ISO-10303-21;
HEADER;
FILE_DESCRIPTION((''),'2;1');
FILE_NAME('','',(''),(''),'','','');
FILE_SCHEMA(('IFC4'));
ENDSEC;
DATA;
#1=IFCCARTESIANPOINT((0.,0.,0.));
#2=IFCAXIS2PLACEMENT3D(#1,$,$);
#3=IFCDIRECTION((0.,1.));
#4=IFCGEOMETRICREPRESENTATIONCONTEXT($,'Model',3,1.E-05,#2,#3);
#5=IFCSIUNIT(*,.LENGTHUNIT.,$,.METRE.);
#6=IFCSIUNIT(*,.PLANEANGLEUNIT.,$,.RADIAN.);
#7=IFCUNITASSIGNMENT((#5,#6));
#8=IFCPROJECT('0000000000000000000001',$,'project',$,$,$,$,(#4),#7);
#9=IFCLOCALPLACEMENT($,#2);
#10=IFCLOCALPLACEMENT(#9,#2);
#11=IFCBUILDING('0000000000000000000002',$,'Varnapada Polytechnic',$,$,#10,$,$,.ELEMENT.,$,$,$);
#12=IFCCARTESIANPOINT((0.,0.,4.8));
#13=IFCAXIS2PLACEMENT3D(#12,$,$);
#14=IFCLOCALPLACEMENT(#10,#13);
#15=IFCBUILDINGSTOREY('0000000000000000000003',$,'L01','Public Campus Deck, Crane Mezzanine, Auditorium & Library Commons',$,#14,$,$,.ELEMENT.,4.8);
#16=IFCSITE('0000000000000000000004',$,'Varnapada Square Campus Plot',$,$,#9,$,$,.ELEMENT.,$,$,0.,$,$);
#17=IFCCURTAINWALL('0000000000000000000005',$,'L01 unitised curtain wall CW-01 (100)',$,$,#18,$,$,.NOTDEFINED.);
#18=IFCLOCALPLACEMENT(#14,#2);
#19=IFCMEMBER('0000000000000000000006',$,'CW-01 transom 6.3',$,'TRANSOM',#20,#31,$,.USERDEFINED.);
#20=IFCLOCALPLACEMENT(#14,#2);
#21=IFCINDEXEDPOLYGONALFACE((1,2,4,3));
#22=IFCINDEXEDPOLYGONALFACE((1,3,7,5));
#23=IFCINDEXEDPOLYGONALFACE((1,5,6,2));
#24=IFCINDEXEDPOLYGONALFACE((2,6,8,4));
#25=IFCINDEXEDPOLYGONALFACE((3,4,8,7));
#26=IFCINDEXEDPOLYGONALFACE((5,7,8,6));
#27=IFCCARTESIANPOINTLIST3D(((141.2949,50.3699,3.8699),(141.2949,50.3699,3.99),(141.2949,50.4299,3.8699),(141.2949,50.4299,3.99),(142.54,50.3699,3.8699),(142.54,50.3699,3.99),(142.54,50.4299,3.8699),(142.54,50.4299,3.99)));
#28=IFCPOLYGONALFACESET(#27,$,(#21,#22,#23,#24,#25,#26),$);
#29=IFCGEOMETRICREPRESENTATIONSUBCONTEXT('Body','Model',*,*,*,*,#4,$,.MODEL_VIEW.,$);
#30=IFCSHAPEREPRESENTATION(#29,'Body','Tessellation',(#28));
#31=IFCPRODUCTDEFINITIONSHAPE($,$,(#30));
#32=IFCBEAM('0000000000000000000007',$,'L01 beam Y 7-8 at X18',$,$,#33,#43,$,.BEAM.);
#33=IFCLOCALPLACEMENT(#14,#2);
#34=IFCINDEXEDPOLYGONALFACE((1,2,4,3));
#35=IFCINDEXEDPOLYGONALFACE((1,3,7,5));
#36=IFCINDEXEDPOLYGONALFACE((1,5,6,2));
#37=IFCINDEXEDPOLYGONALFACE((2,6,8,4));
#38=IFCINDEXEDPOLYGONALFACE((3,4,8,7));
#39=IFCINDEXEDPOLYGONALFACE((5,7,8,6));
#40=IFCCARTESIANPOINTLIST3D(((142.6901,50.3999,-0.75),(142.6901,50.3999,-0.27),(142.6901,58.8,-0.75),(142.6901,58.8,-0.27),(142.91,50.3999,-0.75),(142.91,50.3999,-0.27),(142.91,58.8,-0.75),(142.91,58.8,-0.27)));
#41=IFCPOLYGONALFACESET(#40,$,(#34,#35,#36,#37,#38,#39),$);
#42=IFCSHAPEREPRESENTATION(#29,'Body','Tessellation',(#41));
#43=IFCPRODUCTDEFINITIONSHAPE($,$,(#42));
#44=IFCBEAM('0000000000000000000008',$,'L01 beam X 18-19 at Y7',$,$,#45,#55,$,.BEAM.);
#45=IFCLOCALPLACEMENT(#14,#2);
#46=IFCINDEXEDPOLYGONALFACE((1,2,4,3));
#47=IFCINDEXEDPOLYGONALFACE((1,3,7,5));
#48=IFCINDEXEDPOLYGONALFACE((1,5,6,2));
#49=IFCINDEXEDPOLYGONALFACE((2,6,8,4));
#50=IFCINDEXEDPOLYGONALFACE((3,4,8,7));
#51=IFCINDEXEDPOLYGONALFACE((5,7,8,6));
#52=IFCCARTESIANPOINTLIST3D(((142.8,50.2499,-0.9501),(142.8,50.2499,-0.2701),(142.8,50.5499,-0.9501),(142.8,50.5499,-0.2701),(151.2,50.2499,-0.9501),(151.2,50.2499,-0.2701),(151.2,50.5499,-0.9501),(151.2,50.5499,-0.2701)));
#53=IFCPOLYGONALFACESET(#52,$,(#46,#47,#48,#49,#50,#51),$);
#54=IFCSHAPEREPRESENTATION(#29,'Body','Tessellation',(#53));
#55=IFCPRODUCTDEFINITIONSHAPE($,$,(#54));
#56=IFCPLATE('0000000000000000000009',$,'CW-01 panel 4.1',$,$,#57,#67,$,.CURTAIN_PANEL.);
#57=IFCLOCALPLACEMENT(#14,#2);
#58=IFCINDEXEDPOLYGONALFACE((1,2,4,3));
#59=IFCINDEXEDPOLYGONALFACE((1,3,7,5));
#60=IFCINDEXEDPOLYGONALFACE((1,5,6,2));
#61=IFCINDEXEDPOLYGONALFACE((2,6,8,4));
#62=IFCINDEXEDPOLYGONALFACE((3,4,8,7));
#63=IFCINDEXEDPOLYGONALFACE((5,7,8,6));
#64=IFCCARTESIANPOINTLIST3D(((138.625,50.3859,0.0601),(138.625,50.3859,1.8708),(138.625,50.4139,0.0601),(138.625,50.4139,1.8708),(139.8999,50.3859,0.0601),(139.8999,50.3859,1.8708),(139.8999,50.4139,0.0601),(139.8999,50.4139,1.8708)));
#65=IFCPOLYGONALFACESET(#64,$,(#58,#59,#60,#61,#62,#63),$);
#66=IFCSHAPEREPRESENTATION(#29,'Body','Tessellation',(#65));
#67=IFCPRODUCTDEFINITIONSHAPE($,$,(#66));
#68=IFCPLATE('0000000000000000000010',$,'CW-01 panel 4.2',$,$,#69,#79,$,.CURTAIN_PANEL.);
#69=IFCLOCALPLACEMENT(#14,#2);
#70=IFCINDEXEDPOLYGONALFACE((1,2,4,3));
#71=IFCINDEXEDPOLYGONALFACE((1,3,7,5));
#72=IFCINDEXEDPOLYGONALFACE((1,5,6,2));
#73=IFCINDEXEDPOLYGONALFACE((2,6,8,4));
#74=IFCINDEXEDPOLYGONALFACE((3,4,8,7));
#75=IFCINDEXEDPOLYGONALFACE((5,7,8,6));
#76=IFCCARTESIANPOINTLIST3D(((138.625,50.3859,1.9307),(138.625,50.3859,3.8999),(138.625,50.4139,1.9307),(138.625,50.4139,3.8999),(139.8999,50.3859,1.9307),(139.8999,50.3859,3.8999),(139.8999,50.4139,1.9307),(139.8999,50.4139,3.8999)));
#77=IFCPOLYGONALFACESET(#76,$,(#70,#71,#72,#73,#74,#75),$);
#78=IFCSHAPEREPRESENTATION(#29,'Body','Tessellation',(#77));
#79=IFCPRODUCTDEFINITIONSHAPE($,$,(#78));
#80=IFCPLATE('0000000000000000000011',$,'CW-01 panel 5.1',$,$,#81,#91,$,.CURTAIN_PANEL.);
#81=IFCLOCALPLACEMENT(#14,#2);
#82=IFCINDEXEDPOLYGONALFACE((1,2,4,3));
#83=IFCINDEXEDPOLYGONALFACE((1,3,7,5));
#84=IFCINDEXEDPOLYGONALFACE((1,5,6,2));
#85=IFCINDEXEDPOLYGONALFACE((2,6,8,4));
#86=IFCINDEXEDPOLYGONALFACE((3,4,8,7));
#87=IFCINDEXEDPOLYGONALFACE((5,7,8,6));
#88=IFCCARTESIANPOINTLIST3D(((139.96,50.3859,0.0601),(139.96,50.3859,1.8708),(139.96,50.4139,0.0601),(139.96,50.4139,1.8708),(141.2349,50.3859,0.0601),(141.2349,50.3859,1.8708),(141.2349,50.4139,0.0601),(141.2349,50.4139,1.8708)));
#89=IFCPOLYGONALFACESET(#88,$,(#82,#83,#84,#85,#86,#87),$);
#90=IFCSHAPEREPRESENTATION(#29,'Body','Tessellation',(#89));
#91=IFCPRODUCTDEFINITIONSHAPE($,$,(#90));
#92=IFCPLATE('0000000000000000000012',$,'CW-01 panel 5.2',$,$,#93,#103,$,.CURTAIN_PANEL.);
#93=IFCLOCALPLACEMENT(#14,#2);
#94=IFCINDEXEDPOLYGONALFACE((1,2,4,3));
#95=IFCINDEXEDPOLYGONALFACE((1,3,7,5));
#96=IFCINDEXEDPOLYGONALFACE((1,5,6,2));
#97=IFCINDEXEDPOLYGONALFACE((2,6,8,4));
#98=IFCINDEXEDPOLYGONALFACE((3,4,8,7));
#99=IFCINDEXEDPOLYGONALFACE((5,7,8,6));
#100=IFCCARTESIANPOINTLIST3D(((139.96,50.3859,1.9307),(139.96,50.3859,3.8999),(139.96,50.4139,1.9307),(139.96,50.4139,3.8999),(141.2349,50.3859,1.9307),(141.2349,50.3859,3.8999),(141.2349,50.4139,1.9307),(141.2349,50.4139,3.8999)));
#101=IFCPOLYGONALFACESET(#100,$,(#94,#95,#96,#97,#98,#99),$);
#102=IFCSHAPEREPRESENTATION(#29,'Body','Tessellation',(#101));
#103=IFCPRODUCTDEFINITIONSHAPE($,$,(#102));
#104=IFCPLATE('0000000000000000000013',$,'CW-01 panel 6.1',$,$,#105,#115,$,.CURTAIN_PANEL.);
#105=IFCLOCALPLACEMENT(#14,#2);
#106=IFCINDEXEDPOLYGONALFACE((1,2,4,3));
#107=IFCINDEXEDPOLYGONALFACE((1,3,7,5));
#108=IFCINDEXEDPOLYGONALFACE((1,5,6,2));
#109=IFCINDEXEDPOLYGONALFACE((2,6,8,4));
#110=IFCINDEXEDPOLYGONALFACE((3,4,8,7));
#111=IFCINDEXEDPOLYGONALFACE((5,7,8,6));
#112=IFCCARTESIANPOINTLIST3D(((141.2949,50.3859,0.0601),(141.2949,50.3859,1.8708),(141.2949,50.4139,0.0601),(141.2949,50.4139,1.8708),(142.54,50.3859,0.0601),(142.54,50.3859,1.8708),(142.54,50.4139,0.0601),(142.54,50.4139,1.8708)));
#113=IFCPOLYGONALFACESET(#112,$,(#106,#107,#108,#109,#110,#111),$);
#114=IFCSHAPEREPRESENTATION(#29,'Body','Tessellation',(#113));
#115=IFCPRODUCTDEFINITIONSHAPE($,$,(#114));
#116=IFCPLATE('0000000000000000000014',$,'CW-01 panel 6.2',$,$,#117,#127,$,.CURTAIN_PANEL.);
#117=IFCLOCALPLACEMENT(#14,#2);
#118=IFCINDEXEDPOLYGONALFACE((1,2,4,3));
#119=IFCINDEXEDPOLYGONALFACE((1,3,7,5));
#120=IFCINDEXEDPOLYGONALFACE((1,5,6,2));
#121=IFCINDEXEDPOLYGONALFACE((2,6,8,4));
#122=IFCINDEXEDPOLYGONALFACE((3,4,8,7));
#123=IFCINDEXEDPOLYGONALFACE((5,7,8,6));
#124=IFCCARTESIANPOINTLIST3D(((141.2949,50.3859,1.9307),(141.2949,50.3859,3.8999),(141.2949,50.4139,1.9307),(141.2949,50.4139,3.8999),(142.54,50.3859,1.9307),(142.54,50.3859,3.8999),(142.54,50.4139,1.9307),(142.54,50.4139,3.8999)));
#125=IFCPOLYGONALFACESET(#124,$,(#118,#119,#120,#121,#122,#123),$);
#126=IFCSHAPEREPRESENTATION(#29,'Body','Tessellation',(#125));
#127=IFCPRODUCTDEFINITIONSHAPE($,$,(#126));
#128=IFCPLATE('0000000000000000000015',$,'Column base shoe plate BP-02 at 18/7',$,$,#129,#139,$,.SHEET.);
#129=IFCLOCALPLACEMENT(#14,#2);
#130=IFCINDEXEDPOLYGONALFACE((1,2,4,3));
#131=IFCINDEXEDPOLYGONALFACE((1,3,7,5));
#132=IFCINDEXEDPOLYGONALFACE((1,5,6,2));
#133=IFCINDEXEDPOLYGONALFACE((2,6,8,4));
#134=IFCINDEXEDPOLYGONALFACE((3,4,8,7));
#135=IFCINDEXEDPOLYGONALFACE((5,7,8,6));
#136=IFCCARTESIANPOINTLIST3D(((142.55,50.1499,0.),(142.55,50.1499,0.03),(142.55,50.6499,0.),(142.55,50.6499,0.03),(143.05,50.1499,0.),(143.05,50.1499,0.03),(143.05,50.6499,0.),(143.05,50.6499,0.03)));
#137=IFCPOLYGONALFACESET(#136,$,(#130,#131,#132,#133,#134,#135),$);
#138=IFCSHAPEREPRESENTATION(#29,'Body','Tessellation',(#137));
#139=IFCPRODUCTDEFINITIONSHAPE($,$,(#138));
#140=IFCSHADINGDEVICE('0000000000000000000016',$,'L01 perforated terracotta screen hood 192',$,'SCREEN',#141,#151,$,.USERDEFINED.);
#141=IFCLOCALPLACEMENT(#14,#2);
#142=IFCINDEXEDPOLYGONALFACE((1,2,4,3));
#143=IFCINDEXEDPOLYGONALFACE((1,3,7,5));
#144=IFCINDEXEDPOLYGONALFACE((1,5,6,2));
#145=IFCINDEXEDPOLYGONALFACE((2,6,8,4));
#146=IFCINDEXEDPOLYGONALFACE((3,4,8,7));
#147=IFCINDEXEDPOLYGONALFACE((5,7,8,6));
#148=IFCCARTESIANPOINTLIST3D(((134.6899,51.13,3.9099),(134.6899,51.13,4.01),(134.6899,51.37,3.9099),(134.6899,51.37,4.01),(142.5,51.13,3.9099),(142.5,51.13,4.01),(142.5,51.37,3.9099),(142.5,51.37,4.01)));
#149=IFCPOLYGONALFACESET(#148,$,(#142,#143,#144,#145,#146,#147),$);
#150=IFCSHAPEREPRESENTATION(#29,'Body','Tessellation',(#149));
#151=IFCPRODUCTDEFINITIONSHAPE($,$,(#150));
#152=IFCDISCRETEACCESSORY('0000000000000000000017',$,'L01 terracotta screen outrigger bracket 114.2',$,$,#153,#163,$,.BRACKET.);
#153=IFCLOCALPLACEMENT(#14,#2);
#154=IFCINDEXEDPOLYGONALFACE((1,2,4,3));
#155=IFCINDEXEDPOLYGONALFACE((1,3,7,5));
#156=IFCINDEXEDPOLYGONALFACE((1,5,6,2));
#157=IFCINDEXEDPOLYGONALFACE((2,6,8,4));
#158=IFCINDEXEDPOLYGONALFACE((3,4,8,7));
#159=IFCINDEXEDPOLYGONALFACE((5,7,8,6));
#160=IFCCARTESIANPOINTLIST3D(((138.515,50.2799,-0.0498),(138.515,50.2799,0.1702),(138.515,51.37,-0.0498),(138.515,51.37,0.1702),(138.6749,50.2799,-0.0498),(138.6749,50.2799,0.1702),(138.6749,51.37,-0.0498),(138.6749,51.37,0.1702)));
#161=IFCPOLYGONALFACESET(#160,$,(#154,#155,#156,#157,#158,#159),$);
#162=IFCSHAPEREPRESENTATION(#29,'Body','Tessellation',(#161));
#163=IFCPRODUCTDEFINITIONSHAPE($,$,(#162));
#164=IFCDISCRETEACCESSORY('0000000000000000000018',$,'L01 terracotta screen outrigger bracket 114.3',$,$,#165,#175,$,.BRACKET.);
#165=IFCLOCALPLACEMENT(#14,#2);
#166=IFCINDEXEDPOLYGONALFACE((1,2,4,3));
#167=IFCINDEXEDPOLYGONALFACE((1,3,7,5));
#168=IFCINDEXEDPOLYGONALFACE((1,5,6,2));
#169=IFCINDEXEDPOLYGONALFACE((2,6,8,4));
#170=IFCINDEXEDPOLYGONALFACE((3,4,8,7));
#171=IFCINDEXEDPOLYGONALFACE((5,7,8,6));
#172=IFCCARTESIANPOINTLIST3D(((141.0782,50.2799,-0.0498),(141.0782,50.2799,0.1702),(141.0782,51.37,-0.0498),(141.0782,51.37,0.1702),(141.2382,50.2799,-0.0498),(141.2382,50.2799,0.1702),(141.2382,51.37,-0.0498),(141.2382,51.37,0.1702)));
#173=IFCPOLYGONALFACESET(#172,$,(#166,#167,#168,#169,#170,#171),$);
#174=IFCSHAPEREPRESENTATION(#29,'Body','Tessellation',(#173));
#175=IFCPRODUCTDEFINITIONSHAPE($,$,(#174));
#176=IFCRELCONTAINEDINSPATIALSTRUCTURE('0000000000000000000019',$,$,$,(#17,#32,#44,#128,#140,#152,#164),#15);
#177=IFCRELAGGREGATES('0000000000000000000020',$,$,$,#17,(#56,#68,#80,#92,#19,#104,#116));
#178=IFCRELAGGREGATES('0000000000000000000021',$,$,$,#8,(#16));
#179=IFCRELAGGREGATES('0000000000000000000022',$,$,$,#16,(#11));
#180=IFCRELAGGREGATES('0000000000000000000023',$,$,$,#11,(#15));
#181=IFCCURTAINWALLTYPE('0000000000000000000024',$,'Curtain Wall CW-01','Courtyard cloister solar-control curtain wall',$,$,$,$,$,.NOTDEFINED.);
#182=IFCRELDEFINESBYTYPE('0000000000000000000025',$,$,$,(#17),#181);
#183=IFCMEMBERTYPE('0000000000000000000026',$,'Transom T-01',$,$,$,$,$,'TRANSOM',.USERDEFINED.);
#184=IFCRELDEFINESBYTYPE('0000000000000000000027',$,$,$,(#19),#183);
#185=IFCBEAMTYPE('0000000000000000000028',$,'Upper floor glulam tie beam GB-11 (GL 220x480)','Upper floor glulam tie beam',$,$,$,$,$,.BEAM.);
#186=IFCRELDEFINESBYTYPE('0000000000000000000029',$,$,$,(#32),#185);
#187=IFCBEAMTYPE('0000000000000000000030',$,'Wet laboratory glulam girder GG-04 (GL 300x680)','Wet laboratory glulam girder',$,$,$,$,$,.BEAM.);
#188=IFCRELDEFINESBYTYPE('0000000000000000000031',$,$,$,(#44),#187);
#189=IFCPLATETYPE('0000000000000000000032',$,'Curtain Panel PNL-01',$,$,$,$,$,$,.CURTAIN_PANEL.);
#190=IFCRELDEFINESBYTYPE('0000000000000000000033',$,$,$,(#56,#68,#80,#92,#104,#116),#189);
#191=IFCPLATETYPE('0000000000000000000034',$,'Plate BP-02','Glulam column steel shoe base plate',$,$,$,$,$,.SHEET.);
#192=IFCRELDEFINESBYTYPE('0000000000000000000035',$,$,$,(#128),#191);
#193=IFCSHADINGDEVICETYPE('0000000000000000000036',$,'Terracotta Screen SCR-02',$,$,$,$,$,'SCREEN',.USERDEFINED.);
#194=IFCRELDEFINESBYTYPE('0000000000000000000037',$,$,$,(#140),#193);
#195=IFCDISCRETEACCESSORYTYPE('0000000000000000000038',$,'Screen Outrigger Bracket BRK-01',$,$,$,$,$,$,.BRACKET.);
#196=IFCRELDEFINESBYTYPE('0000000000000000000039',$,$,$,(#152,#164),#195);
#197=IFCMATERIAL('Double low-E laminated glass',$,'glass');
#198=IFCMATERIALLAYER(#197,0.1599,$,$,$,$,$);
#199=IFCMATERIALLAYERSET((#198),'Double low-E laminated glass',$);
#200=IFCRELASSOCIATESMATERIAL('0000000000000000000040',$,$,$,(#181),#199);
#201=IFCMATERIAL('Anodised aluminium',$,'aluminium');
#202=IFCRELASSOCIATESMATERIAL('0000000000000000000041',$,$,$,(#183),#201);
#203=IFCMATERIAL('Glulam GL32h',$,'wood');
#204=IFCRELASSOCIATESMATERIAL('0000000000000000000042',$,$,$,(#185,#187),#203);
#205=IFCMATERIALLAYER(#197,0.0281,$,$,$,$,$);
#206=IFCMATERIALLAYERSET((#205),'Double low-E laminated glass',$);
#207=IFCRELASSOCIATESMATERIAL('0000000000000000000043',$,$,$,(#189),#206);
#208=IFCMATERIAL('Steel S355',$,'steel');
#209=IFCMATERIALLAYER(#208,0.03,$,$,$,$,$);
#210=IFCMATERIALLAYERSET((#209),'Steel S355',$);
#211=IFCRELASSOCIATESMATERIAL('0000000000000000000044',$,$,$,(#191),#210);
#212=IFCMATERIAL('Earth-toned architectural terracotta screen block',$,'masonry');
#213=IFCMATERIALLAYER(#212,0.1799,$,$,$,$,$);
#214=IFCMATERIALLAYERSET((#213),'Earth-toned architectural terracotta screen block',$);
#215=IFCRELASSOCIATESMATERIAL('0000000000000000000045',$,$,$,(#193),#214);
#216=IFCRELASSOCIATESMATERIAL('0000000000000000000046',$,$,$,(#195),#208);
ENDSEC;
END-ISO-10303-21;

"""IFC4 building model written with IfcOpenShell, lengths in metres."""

from ifc_helpers import new_model, si_unit, direction, frame, origin, origin_2d, place, context, subcontext, project, spatial, rectangle, extrude, material, layer, layer_set, material_profile, profile_set, type_object, element, aggregate, save


model = new_model("IFC4")

# Units and contexts
model_context = context("Model", 3, precision=1e-05, world=origin(), true_north=direction((0.0, 1.0)))
body_context = subcontext(model_context, "Body", "Model", "MODEL_VIEW")
ifc_project = project(units=[si_unit("LENGTHUNIT", "METRE"), si_unit("PLANEANGLEUNIT", "RADIAN")], contexts=[model_context])

# Site, building, storey
site_placement = place(None, origin())
site = spatial("IfcSite", under=ifc_project, at=site_placement, Name="Varnapada Square Campus Plot", CompositionType="ELEMENT", RefElevation=0.0)
building_placement = place(site_placement, origin())
building = spatial("IfcBuilding", under=site, at=building_placement, Name="Varnapada Polytechnic", CompositionType="ELEMENT")
storey_placement = place(building_placement, frame((0.0, 0.0, 4.8)))
storey = spatial("IfcBuildingStorey", under=building, at=storey_placement, Name="L01", Description="Public Campus Deck, Crane Mezzanine, Auditorium & Library Commons", CompositionType="ELEMENT", Elevation=4.8)

# Shared definitions
ifc_material_1 = material(Name="Glulam GL32h", Category="wood")

# Curtain wall, member
ifc_material_2 = material(Name="Double low-E laminated glass", Category="glass")
ifc_layer_1 = layer(ifc_material_2, 0.1599)
ifc_layer_set_1 = layer_set([ifc_layer_1], Name="Double low-E laminated glass")
curtain_wall_type = type_object("IfcCurtainWallType", Name="Curtain Wall CW-01", Description="Courtyard cloister solar-control curtain wall", PredefinedType="NOTDEFINED", material=ifc_layer_set_1)
curtain_wall_placement = place(storey_placement, origin())
curtain_wall = element("IfcCurtainWall", 1, at=curtain_wall_placement, inside=storey, type_object=curtain_wall_type, Name="L01 unitised curtain wall CW-01 (100)", PredefinedType="NOTDEFINED")
ifc_material_3 = material(Name="Anodised aluminium", Category="aluminium")
ifc_material_profile_1 = material_profile(ifc_material_3, rectangle(XDim=0.0601, YDim=0.1201, at=origin_2d()), Name="ALU T60x120")
ifc_profile_set_1 = profile_set([ifc_material_profile_1], Name="Anodised aluminium")
member_type_1 = type_object("IfcMemberType", Name="Transom T-01", ElementType="TRANSOM", PredefinedType="USERDEFINED", material=ifc_profile_set_1)
member_1_placement = place(storey_placement, frame((141.2949, 50.3999, 3.9299), z_axis=(1.0, 0.0, 0.0), x_axis=(0.0, 1.0, 0.0)))
member_1 = element("IfcMember", 2, at=member_1_placement, type_object=member_type_1, Name="CW-01 transom 6.3", ObjectType="TRANSOM", PredefinedType="USERDEFINED", context=body_context, shape_type="SweptSolid", body=[
    extrude(rectangle(XDim=0.0601, YDim=0.1201, at=origin_2d()), origin(), (0.0, 0.0, 1.0), 1.2451),
])

# Beams
ifc_material_profile_2 = material_profile(ifc_material_1, rectangle(XDim=0.22, YDim=0.48, at=origin_2d()), Name="GL 220x480")
ifc_profile_set_2 = profile_set([ifc_material_profile_2], Name="Glulam GL32h")
beam_type_1 = type_object("IfcBeamType", Name="Upper floor glulam tie beam GB-11 (GL 220x480)", Description="Upper floor glulam tie beam", PredefinedType="BEAM", material=ifc_profile_set_2)
beam_1_placement = place(storey_placement, frame((142.8, 50.3999, -0.51), z_axis=(0.0, 1.0, 0.0), x_axis=(-1.0, 0.0, 0.0)))
element("IfcBeam", 3, at=beam_1_placement, inside=storey, type_object=beam_type_1, Name="L01 beam Y 7-8 at X18", PredefinedType="BEAM", context=body_context, shape_type="SweptSolid", body=[
    extrude(rectangle(XDim=0.22, YDim=0.48, at=origin_2d()), origin(), (0.0, 0.0, 1.0), 8.4001),
])
ifc_material_profile_3 = material_profile(ifc_material_1, rectangle(XDim=0.3, YDim=0.6799, at=origin_2d()), Name="GL 300x680")
ifc_profile_set_3 = profile_set([ifc_material_profile_3], Name="Glulam GL32h")
beam_type_2 = type_object("IfcBeamType", Name="Wet laboratory glulam girder GG-04 (GL 300x680)", Description="Wet laboratory glulam girder", PredefinedType="BEAM", material=ifc_profile_set_3)
beam_2_placement = place(storey_placement, frame((142.8, 50.3999, -0.6101), z_axis=(1.0, 0.0, 0.0), x_axis=(0.0, 1.0, 0.0)))
element("IfcBeam", 4, at=beam_2_placement, inside=storey, type_object=beam_type_2, Name="L01 beam X 18-19 at Y7", PredefinedType="BEAM", context=body_context, shape_type="SweptSolid", body=[
    extrude(rectangle(XDim=0.3, YDim=0.6799, at=origin_2d()), origin(), (0.0, 0.0, 1.0), 8.3999),
])

# Plates
ifc_layer_2 = layer(ifc_material_2, 0.0281)
ifc_layer_set_2 = layer_set([ifc_layer_2], Name="Double low-E laminated glass")
plate_type_1 = type_object("IfcPlateType", Name="Curtain Panel PNL-01", PredefinedType="CURTAIN_PANEL", material=ifc_layer_set_2)
plate_1_placement = place(storey_placement, frame((139.2625, 50.3999, 0.0601), z_axis=(0.0, 0.0, 1.0), x_axis=(1.0, 0.0, 0.0)))
plate_1 = element("IfcPlate", 5, at=plate_1_placement, type_object=plate_type_1, Name="CW-01 panel 4.1", PredefinedType="CURTAIN_PANEL", context=body_context, shape_type="SweptSolid", body=[
    extrude(rectangle(XDim=1.2749, YDim=0.0281, at=origin_2d()), origin(), (0.0, 0.0, 1.0), 1.8108),
])
plate_2_placement = place(storey_placement, frame((139.2625, 50.3999, 1.9307), z_axis=(0.0, 0.0, 1.0), x_axis=(1.0, 0.0, 0.0)))
plate_2 = element("IfcPlate", 6, at=plate_2_placement, type_object=plate_type_1, Name="CW-01 panel 4.2", PredefinedType="CURTAIN_PANEL", context=body_context, shape_type="SweptSolid", body=[
    extrude(rectangle(XDim=1.2749, YDim=0.0281, at=origin_2d()), origin(), (0.0, 0.0, 1.0), 1.9692),
])
plate_3_placement = place(storey_placement, frame((140.5974, 50.3999, 0.0601), z_axis=(0.0, 0.0, 1.0), x_axis=(1.0, 0.0, 0.0)))
plate_3 = element("IfcPlate", 7, at=plate_3_placement, type_object=plate_type_1, Name="CW-01 panel 5.1", PredefinedType="CURTAIN_PANEL", context=body_context, shape_type="SweptSolid", body=[
    extrude(rectangle(XDim=1.2749, YDim=0.0281, at=origin_2d()), origin(), (0.0, 0.0, 1.0), 1.8108),
])
plate_4_placement = place(storey_placement, frame((140.5974, 50.3999, 1.9307), z_axis=(0.0, 0.0, 1.0), x_axis=(1.0, 0.0, 0.0)))
plate_4 = element("IfcPlate", 8, at=plate_4_placement, type_object=plate_type_1, Name="CW-01 panel 5.2", PredefinedType="CURTAIN_PANEL", context=body_context, shape_type="SweptSolid", body=[
    extrude(rectangle(XDim=1.2749, YDim=0.0281, at=origin_2d()), origin(), (0.0, 0.0, 1.0), 1.9692),
])
plate_5_placement = place(storey_placement, frame((141.9175, 50.3999, 0.0601), z_axis=(0.0, 0.0, 1.0), x_axis=(1.0, 0.0, 0.0)))
plate_5 = element("IfcPlate", 9, at=plate_5_placement, type_object=plate_type_1, Name="CW-01 panel 6.1", PredefinedType="CURTAIN_PANEL", context=body_context, shape_type="SweptSolid", body=[
    extrude(rectangle(XDim=1.2451, YDim=0.0281, at=origin_2d()), origin(), (0.0, 0.0, 1.0), 1.8108),
])
plate_6_placement = place(storey_placement, frame((141.9175, 50.3999, 1.9307), z_axis=(0.0, 0.0, 1.0), x_axis=(1.0, 0.0, 0.0)))
plate_6 = element("IfcPlate", 10, at=plate_6_placement, type_object=plate_type_1, Name="CW-01 panel 6.2", PredefinedType="CURTAIN_PANEL", context=body_context, shape_type="SweptSolid", body=[
    extrude(rectangle(XDim=1.2451, YDim=0.0281, at=origin_2d()), origin(), (0.0, 0.0, 1.0), 1.9692),
])
aggregate(curtain_wall, [plate_1, plate_2, plate_3, plate_4, member_1, plate_5, plate_6])
ifc_material_4 = material(Name="Steel S355", Category="steel")
ifc_layer_3 = layer(ifc_material_4, 0.03)
ifc_layer_set_3 = layer_set([ifc_layer_3], Name="Steel S355")
plate_type_2 = type_object("IfcPlateType", Name="Plate BP-02", Description="Glulam column steel shoe base plate", PredefinedType="SHEET", material=ifc_layer_set_3)
plate_7_placement = place(storey_placement, frame((142.8, 50.3999, 0.0), z_axis=(0.0, 0.0, 1.0), x_axis=(1.0, 0.0, 0.0)))
element("IfcPlate", 11, at=plate_7_placement, inside=storey, type_object=plate_type_2, Name="Column base shoe plate BP-02 at 18/7", PredefinedType="SHEET", context=body_context, shape_type="SweptSolid", body=[
    extrude(rectangle(XDim=0.5, YDim=0.5, at=origin_2d()), origin(), (0.0, 0.0, 1.0), 0.03),
])

# Shading device
ifc_material_5 = material(Name="Earth-toned architectural terracotta screen block", Category="masonry")
ifc_layer_4 = layer(ifc_material_5, 0.1799)
ifc_layer_set_4 = layer_set([ifc_layer_4], Name="Earth-toned architectural terracotta screen block")
shading_device_type = type_object("IfcShadingDeviceType", Name="Terracotta Screen SCR-02", ElementType="SCREEN", PredefinedType="USERDEFINED", material=ifc_layer_set_4)
shading_device_placement = place(storey_placement, frame((138.595, 51.25, 3.9099), z_axis=(0.0, 0.0, 1.0), x_axis=(1.0, 0.0, 0.0)))
element("IfcShadingDevice", 12, at=shading_device_placement, inside=storey, type_object=shading_device_type, Name="L01 perforated terracotta screen hood 192", ObjectType="SCREEN", PredefinedType="USERDEFINED", context=body_context, shape_type="SweptSolid", body=[
    extrude(rectangle(XDim=7.8101, YDim=0.24, at=origin_2d()), origin(), (0.0, 0.0, 1.0), 0.1001),
])

# Discrete accessories
discrete_accessory_type = type_object("IfcDiscreteAccessoryType", Name="Screen Outrigger Bracket BRK-01", PredefinedType="BRACKET", material=ifc_material_4)
for number, where, z_axis, x_axis, name in (
    (13, (138.595, 50.825, -0.0498), (0.0, 0.0, 1.0), (1.0, 0.0, 0.0), "L01 terracotta screen outrigger bracket 114.2"),
    (14, (141.1582, 50.825, -0.0498), (0.0, 0.0, 1.0), (1.0, 0.0, 0.0), "L01 terracotta screen outrigger bracket 114.3"),
):
    element("IfcDiscreteAccessory", number, at=place(storey_placement, frame(where, z_axis=z_axis, x_axis=x_axis)), inside=storey, type_object=discrete_accessory_type, Name=name, PredefinedType="BRACKET", context=body_context, shape_type="SweptSolid", body=[
        extrude(rectangle(XDim=0.1599, YDim=1.0901, at=origin_2d()), origin(), (0.0, 0.0, 1.0), 0.22),
    ])

save(model, "model.ifc")
